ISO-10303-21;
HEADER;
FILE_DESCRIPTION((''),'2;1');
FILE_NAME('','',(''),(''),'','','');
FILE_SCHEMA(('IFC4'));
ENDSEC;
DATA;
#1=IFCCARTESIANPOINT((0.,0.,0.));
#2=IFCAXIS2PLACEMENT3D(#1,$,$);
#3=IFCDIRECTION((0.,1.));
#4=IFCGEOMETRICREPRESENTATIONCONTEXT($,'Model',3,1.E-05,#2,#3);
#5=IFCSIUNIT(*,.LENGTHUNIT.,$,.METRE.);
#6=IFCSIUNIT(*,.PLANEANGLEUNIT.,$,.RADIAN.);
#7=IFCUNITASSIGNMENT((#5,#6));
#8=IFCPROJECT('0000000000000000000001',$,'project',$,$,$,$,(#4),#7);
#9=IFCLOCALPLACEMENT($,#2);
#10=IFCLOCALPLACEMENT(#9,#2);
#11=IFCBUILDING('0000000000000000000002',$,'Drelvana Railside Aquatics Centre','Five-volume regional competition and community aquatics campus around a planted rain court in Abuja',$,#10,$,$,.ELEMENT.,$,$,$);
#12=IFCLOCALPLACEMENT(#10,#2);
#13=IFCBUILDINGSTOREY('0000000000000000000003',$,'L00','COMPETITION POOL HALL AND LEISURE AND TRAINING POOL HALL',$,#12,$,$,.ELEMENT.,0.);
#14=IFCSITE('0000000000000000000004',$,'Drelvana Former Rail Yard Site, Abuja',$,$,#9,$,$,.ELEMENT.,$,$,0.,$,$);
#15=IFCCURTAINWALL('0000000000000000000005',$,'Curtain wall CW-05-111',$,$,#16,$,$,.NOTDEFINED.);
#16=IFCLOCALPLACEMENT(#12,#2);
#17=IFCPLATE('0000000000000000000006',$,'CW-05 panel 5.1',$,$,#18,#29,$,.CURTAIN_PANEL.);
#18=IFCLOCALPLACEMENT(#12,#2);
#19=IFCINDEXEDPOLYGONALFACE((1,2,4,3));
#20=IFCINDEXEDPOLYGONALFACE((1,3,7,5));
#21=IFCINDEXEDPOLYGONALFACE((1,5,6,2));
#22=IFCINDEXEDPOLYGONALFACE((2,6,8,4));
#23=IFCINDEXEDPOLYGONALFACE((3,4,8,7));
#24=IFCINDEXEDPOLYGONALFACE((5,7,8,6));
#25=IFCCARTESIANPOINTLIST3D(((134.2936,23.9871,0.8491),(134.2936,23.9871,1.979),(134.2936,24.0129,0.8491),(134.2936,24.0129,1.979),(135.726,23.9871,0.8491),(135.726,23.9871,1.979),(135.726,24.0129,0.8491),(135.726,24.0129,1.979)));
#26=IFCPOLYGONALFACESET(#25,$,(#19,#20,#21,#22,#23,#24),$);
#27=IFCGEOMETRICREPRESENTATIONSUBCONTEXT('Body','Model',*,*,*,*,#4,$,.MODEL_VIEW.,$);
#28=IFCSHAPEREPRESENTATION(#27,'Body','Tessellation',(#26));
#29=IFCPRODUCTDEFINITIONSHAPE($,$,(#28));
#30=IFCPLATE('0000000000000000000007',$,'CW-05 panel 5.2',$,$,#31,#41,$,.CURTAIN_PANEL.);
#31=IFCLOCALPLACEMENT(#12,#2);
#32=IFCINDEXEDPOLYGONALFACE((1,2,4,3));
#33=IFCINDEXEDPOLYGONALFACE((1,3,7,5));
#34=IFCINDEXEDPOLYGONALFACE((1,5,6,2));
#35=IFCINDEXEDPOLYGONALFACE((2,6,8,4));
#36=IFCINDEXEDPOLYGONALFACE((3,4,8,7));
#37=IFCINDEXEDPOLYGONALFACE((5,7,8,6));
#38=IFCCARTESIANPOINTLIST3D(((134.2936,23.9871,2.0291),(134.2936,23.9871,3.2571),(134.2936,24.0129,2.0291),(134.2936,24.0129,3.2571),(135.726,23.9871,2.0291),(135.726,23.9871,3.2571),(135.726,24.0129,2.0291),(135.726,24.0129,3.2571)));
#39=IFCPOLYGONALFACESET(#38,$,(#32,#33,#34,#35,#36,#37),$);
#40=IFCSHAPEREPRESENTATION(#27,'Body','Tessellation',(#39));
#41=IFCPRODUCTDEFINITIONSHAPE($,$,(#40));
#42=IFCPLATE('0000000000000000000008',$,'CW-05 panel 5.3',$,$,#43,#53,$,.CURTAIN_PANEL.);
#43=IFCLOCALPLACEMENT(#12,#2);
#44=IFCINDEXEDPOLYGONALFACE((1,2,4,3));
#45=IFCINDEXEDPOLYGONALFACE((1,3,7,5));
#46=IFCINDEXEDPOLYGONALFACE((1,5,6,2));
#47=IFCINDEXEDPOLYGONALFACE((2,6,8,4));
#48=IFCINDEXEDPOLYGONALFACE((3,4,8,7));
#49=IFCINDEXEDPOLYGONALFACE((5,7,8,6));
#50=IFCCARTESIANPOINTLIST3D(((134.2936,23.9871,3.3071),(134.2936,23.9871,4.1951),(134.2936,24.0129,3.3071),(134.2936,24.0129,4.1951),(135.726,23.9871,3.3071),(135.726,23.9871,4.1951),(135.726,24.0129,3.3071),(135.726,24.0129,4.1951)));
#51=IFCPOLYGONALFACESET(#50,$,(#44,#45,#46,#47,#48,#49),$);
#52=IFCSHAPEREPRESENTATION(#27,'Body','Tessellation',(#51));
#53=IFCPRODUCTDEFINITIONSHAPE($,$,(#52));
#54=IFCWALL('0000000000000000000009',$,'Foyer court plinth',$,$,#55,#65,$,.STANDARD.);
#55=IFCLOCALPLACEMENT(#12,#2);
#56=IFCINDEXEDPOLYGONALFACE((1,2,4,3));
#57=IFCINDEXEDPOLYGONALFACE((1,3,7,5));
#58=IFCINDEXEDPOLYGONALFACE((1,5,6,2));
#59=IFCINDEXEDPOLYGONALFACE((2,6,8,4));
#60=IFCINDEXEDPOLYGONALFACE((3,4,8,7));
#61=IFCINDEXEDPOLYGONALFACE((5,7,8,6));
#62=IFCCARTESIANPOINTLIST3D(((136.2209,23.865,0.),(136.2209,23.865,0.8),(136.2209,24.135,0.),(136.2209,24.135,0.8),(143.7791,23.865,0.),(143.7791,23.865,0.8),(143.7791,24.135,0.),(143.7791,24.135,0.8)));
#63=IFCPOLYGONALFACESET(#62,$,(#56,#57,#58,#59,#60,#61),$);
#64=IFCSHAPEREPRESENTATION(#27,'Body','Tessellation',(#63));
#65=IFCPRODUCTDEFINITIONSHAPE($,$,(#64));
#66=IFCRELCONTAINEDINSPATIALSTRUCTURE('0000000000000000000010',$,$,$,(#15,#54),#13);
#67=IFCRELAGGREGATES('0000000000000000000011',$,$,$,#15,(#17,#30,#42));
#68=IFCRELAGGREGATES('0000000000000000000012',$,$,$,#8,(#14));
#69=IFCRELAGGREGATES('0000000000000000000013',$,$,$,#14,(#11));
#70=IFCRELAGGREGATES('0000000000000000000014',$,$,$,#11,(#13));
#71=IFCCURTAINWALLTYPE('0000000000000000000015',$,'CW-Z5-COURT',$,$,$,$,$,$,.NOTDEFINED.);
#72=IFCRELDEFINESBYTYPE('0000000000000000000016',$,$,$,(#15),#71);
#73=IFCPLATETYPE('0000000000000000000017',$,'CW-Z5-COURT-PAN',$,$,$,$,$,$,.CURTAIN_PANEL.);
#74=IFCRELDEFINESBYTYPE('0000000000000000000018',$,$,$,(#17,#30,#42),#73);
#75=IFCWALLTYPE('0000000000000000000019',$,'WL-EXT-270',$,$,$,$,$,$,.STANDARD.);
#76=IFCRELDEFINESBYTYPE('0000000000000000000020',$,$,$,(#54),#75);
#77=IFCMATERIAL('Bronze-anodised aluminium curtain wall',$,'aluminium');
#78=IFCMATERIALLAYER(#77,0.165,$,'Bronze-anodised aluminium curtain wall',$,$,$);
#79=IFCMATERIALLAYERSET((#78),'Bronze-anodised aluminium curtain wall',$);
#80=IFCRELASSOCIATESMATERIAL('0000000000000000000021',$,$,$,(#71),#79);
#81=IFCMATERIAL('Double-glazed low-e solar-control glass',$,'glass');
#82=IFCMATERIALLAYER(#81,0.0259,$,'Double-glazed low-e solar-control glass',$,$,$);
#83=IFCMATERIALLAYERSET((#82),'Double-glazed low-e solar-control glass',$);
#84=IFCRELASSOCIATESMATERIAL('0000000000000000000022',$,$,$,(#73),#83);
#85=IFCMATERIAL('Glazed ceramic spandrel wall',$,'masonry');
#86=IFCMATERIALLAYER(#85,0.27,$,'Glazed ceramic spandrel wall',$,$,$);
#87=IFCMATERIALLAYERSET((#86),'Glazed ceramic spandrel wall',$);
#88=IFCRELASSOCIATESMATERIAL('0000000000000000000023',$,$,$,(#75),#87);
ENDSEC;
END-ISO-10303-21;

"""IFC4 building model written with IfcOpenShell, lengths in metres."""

from ifc_helpers import new_model, si_unit, direction, frame, frame_2d, origin, origin_2d, place, context, subcontext, project, spatial, rectangle, extrude, material, layer, layer_set, type_object, element, aggregate, save


model = new_model("IFC4")

# Units and contexts
model_context = context("Model", 3, precision=1e-05, world=origin(), true_north=direction((0.0, 1.0)))
body_context = subcontext(model_context, "Body", "Model", "MODEL_VIEW")
ifc_project = project(units=[si_unit("LENGTHUNIT", "METRE"), si_unit("PLANEANGLEUNIT", "RADIAN")], contexts=[model_context])

# Site, building, storey
site_placement = place(None, origin())
site = spatial("IfcSite", under=ifc_project, at=site_placement, Name="Drelvana Former Rail Yard Site, Abuja", CompositionType="ELEMENT", RefElevation=0.0)
building_placement = place(site_placement, origin())
building = spatial("IfcBuilding", under=site, at=building_placement, Name="Drelvana Railside Aquatics Centre", Description="Five-volume regional competition and community aquatics campus around a planted rain court in Abuja", CompositionType="ELEMENT")
storey_placement = place(building_placement, origin())
storey = spatial("IfcBuildingStorey", under=building, at=storey_placement, Name="L00", Description="COMPETITION POOL HALL AND LEISURE AND TRAINING POOL HALL", CompositionType="ELEMENT", Elevation=0.0)

# Curtain wall
ifc_material_1 = material(Name="Bronze-anodised aluminium curtain wall", Category="aluminium")
ifc_layer_1 = layer(ifc_material_1, 0.165, Name="Bronze-anodised aluminium curtain wall")
ifc_layer_set_1 = layer_set([ifc_layer_1], Name="Bronze-anodised aluminium curtain wall")
curtain_wall_type = type_object("IfcCurtainWallType", Name="CW-Z5-COURT", PredefinedType="NOTDEFINED", material=ifc_layer_set_1)
curtain_wall_1_placement = place(storey_placement, origin())
curtain_wall_1 = element("IfcCurtainWall", 1, at=curtain_wall_1_placement, inside=storey, type_object=curtain_wall_type, Name="Curtain wall CW-05-111", PredefinedType="NOTDEFINED")

# Plates
ifc_material_2 = material(Name="Double-glazed low-e solar-control glass", Category="glass")
ifc_layer_2 = layer(ifc_material_2, 0.0259, Name="Double-glazed low-e solar-control glass")
ifc_layer_set_2 = layer_set([ifc_layer_2], Name="Double-glazed low-e solar-control glass")
plate_type = type_object("IfcPlateType", Name="CW-Z5-COURT-PAN", PredefinedType="CURTAIN_PANEL", material=ifc_layer_set_2)
plate_1_placement = place(storey_placement, frame((135.0098, 24.0, 0.8491), z_axis=(0.0, 0.0, 1.0), x_axis=(1.0, 0.0, 0.0)))
plate_1 = element("IfcPlate", 2, at=plate_1_placement, type_object=plate_type, Name="CW-05 panel 5.1", PredefinedType="CURTAIN_PANEL", context=body_context, shape_type="SweptSolid", body=[
    extrude(rectangle(XDim=1.4324, YDim=0.0259, at=origin_2d()), origin(), (0.0, 0.0, 1.0), 1.1299),
])
plate_2_placement = place(storey_placement, frame((135.0098, 24.0, 2.0291), z_axis=(0.0, 0.0, 1.0), x_axis=(1.0, 0.0, 0.0)))
plate_2 = element("IfcPlate", 3, at=plate_2_placement, type_object=plate_type, Name="CW-05 panel 5.2", PredefinedType="CURTAIN_PANEL", context=body_context, shape_type="SweptSolid", body=[
    extrude(rectangle(XDim=1.4324, YDim=0.0259, at=origin_2d()), origin(), (0.0, 0.0, 1.0), 1.228),
])
plate_3_placement = place(storey_placement, frame((135.0098, 24.0, 3.3071), z_axis=(0.0, 0.0, 1.0), x_axis=(1.0, 0.0, 0.0)))
plate_3 = element("IfcPlate", 4, at=plate_3_placement, type_object=plate_type, Name="CW-05 panel 5.3", PredefinedType="CURTAIN_PANEL", context=body_context, shape_type="SweptSolid", body=[
    extrude(rectangle(XDim=1.4324, YDim=0.0259, at=origin_2d()), origin(), (0.0, 0.0, 1.0), 0.8879),
])
aggregate(curtain_wall_1, [plate_1, plate_2, plate_3])

# Wall
ifc_material_3 = material(Name="Glazed ceramic spandrel wall", Category="masonry")
ifc_layer_3 = layer(ifc_material_3, 0.27, Name="Glazed ceramic spandrel wall")
ifc_layer_set_3 = layer_set([ifc_layer_3], Name="Glazed ceramic spandrel wall")
wall_type = type_object("IfcWallType", Name="WL-EXT-270", PredefinedType="STANDARD", material=ifc_layer_set_3)
wall_placement = place(storey_placement, frame((136.2209, 24.0, 0.0), z_axis=(0.0, 0.0, 1.0), x_axis=(1.0, 0.0, 0.0)))
element("IfcWall", 5, at=wall_placement, inside=storey, type_object=wall_type, Name="Foyer court plinth", PredefinedType="STANDARD", context=body_context, shape_type="SweptSolid", body=[
    extrude(rectangle(XDim=7.5581, YDim=0.27, at=frame_2d((3.7791, 0.0))), origin(), (0.0, 0.0, 1.0), 0.8),
])

save(model, "model.ifc")
